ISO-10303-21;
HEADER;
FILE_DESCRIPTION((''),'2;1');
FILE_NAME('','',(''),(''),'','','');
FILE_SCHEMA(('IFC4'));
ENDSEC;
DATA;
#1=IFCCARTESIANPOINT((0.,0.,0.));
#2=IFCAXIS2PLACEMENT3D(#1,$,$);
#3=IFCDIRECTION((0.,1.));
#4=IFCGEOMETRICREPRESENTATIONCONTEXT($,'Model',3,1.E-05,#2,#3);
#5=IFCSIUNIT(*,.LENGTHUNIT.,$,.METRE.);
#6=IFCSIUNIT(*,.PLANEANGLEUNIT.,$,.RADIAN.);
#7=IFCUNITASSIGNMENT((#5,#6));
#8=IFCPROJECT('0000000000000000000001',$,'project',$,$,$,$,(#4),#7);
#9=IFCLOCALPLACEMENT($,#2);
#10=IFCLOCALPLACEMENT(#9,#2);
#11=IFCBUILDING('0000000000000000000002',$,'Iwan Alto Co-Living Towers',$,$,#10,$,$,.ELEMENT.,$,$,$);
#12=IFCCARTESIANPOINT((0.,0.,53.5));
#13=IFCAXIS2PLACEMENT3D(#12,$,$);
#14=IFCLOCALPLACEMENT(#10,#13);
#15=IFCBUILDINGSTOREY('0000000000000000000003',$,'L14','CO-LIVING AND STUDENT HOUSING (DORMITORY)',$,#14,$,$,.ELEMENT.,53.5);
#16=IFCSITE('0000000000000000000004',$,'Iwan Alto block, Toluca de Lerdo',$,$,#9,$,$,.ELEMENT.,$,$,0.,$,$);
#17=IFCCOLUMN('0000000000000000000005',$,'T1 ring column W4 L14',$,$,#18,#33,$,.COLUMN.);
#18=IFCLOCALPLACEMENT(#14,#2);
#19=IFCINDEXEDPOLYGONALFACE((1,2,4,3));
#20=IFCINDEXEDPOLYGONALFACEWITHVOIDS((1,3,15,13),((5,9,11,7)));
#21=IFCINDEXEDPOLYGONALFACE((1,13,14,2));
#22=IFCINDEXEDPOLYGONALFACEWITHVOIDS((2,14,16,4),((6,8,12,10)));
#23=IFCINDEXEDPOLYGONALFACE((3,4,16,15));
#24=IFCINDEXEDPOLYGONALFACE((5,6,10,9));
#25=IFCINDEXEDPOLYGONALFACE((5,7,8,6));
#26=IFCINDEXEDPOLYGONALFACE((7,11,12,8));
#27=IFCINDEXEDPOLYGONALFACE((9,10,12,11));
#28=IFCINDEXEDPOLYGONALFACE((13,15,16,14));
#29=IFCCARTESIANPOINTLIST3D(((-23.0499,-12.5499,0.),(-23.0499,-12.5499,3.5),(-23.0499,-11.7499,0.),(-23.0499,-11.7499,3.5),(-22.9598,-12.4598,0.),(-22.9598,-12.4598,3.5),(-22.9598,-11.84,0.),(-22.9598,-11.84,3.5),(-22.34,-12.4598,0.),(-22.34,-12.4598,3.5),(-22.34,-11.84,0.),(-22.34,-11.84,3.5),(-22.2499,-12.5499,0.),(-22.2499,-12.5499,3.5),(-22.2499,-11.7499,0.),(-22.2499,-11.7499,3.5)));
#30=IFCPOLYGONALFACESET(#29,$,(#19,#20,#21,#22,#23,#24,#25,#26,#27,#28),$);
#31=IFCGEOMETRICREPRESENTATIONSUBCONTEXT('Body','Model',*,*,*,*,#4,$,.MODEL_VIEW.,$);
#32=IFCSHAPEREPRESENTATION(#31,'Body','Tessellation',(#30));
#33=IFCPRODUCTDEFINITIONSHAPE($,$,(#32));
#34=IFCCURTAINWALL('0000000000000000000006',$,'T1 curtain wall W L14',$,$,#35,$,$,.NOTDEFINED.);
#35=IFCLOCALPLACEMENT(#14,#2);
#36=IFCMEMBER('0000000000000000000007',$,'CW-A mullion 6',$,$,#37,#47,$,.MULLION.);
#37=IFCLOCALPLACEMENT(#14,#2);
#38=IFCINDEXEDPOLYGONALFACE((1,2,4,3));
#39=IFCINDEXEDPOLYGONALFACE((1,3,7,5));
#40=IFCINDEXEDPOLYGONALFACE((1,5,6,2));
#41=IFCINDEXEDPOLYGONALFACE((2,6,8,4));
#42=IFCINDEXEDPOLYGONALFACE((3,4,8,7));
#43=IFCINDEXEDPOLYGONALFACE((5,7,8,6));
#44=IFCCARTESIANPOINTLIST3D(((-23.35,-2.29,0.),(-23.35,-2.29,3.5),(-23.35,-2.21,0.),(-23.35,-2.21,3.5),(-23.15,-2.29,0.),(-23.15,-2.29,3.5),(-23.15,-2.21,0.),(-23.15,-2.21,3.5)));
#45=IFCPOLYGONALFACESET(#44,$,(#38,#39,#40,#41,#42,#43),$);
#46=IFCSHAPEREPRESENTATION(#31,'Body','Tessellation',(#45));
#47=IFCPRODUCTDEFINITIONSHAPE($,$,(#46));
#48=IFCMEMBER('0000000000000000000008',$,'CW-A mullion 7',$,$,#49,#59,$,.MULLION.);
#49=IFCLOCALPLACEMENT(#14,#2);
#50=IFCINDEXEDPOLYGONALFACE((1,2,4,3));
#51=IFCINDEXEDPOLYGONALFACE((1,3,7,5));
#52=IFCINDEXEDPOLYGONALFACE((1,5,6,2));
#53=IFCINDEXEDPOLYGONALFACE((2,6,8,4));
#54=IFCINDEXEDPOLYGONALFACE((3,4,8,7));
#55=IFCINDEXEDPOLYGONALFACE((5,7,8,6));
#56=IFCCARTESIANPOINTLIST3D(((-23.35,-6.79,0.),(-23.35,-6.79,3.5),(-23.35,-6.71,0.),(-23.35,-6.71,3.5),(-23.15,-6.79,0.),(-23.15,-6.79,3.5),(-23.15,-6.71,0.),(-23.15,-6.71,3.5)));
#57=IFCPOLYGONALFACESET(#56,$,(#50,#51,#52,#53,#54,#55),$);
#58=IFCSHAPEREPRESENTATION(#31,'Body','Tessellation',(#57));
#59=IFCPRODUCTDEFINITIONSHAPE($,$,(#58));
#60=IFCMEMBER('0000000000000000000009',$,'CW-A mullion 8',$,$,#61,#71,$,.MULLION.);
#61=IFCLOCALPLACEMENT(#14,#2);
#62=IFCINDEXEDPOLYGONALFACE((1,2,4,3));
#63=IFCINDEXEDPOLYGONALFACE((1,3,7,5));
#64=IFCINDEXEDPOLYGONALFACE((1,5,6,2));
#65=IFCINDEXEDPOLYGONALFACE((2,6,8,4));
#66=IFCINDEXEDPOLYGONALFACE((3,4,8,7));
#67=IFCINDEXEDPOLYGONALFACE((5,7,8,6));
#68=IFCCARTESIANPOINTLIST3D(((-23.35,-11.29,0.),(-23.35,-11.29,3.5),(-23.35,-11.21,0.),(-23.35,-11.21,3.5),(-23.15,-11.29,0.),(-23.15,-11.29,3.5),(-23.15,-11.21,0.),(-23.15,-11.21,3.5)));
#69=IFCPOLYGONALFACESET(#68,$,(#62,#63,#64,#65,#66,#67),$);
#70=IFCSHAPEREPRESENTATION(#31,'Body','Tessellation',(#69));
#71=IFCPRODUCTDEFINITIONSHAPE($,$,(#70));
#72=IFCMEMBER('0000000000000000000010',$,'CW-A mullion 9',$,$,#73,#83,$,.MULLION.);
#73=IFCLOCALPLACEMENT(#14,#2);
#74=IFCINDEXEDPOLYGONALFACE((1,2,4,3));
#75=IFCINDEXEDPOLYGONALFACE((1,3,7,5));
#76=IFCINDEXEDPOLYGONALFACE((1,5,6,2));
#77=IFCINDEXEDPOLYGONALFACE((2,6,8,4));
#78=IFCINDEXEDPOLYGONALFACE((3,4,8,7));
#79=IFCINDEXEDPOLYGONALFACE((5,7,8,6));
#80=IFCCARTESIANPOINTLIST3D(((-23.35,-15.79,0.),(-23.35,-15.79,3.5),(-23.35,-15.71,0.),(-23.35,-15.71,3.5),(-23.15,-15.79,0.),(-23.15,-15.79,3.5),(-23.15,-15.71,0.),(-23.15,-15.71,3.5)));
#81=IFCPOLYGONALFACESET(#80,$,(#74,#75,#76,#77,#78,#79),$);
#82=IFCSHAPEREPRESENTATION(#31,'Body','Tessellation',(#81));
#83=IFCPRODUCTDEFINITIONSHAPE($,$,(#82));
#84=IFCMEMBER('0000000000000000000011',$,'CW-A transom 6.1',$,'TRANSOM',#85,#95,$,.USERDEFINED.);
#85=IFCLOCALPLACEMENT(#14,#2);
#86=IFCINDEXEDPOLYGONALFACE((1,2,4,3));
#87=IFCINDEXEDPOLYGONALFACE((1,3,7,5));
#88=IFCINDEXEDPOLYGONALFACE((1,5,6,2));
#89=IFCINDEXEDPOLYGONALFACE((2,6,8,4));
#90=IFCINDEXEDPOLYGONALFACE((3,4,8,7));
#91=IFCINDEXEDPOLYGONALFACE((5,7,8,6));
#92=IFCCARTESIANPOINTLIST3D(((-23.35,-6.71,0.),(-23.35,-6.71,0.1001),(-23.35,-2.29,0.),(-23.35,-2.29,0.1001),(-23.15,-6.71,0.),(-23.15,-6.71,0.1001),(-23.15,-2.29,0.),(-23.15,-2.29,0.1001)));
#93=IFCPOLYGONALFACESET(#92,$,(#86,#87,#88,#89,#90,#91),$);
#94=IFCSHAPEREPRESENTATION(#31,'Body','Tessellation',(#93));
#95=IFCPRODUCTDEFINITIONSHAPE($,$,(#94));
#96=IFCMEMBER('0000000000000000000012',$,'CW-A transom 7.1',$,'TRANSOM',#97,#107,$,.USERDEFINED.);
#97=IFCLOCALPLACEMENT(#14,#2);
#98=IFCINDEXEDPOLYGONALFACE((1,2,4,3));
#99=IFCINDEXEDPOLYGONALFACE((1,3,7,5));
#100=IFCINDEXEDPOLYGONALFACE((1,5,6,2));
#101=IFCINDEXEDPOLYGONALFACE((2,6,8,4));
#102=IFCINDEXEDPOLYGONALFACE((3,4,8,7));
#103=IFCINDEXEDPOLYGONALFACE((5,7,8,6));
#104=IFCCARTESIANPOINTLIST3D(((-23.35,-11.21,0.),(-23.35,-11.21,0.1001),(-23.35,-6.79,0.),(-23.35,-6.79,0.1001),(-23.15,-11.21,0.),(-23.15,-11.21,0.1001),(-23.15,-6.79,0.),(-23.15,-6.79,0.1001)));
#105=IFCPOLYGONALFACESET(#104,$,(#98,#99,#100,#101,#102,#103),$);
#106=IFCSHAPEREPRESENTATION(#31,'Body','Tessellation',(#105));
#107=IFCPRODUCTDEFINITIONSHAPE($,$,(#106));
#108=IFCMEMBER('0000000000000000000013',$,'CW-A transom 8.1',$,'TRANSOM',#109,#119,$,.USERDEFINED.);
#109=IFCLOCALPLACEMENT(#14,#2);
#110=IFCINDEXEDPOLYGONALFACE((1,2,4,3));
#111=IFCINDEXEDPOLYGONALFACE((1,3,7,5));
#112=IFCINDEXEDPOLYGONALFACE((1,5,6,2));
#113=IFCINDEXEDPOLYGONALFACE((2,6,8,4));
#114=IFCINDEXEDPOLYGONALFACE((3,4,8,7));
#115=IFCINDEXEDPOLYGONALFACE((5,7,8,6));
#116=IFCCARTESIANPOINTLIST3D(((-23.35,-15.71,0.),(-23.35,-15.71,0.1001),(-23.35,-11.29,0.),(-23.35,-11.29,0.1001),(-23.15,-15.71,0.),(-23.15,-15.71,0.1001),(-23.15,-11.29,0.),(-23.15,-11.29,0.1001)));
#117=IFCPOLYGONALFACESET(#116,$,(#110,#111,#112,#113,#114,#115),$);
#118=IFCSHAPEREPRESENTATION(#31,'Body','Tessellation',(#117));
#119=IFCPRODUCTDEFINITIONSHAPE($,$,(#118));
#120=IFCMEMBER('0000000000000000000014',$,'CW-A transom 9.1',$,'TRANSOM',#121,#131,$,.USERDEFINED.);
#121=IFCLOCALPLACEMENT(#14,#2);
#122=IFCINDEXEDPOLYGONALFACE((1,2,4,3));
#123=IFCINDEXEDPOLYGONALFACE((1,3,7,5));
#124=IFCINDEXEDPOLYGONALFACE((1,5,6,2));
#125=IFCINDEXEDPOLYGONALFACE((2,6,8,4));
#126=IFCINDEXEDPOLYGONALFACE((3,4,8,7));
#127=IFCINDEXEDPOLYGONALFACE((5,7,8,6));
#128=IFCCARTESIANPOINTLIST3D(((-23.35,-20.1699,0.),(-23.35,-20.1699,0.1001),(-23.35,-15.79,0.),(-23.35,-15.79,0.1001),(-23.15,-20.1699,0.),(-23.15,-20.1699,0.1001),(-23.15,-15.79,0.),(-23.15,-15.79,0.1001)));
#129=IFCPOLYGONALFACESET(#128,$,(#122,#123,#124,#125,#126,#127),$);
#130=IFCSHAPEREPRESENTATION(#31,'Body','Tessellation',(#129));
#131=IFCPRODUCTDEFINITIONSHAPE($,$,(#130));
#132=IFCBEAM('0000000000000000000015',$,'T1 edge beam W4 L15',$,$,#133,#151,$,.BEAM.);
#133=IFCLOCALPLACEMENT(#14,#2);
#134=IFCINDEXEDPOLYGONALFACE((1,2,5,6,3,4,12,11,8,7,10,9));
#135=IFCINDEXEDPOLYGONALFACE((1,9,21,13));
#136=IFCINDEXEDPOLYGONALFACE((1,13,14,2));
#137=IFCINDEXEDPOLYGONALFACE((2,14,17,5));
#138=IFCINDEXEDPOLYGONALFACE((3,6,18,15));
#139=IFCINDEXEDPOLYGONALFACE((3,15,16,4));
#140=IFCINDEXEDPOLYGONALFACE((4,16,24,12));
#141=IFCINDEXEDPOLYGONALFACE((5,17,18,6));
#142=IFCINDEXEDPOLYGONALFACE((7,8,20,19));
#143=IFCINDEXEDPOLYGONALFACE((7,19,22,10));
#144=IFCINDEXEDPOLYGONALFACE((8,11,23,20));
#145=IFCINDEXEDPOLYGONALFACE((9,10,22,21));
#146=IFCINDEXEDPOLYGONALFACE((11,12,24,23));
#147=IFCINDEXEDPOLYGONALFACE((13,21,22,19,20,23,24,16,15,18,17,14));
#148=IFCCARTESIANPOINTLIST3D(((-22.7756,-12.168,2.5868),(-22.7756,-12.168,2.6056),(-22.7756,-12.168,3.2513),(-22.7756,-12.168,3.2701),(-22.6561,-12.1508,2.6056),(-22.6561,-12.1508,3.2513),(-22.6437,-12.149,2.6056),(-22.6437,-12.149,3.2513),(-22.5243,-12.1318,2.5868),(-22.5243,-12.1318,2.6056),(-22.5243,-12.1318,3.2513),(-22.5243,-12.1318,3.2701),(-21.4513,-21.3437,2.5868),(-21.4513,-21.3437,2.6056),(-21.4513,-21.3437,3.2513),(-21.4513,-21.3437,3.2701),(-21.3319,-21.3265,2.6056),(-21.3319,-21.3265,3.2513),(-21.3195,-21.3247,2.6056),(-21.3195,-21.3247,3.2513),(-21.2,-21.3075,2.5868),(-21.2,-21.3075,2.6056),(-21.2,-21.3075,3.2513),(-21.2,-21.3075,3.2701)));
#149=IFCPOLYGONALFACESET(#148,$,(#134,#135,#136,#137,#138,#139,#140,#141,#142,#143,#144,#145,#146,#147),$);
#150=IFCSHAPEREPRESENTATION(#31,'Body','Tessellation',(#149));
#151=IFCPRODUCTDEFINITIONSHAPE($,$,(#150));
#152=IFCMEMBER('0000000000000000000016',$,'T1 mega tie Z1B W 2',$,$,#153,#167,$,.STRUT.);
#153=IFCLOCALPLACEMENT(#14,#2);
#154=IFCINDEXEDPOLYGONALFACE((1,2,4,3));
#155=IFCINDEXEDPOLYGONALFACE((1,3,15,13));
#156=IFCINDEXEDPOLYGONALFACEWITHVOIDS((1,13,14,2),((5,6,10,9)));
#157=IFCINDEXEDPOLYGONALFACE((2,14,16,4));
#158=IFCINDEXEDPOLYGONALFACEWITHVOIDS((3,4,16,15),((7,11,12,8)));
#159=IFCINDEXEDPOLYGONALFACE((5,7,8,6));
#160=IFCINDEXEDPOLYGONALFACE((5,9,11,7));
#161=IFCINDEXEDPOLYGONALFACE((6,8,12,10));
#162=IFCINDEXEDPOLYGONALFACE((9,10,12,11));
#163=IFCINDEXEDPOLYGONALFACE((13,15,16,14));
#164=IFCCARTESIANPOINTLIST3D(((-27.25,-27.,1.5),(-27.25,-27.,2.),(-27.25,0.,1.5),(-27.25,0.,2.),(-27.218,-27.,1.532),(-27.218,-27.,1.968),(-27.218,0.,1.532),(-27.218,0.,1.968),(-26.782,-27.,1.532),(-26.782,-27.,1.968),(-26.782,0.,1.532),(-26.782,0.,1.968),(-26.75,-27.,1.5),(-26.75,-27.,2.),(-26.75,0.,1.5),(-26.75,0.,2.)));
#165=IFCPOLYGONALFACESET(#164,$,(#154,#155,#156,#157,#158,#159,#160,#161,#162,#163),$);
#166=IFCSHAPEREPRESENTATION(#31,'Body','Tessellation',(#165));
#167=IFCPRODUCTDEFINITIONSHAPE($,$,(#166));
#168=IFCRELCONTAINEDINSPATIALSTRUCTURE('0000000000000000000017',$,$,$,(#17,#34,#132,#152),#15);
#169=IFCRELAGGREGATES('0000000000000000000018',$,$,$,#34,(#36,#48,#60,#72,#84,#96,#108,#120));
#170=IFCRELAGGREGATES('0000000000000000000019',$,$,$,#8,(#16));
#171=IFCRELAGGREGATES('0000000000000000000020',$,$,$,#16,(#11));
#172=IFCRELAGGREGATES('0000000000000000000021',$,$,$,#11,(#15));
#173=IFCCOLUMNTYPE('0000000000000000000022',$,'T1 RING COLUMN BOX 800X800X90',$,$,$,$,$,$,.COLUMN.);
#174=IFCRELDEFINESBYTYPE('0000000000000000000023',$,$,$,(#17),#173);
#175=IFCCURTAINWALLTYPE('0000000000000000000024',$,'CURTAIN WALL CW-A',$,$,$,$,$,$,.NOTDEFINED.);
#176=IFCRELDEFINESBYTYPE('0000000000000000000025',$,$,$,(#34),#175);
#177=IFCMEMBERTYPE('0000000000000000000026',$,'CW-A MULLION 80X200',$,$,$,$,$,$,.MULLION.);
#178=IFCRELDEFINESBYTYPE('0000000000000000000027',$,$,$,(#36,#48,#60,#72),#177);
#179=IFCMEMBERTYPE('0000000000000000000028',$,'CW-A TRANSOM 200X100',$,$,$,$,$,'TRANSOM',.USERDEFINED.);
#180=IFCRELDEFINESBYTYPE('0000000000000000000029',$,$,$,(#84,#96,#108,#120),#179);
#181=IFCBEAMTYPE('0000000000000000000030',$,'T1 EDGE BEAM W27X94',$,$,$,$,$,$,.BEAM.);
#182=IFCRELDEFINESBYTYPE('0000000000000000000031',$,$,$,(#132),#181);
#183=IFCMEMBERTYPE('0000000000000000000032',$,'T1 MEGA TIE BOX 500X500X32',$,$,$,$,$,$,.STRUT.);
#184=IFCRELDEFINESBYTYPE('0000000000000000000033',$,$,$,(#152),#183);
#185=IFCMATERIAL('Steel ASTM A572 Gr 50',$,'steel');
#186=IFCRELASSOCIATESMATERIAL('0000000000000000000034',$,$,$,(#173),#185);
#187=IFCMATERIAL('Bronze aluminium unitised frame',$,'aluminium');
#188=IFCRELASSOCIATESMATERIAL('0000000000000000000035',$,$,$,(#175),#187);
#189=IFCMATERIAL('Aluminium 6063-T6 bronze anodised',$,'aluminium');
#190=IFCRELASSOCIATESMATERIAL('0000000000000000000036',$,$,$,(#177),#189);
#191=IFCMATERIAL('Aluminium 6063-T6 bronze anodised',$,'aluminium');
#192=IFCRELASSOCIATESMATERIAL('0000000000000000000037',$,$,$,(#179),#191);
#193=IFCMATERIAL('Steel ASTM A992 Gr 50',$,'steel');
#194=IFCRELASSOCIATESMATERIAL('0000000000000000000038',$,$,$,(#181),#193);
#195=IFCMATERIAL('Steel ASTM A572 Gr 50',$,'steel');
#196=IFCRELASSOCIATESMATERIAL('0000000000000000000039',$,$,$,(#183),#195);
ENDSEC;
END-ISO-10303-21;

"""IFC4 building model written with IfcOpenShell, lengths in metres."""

from ifc_helpers import new_model, si_unit, direction, frame, origin, origin_2d, place, context, subcontext, project, spatial, rectangle, hollow_rectangle, i_section, extrude, material, material_profile, profile_set, type_object, element, aggregate, save


model = new_model("IFC4")

# Units and contexts
model_context = context("Model", 3, precision=1e-05, world=origin(), true_north=direction((0.0, 1.0)))
body_context = subcontext(model_context, "Body", "Model", "MODEL_VIEW")
ifc_project = project(units=[si_unit("LENGTHUNIT", "METRE"), si_unit("PLANEANGLEUNIT", "RADIAN")], contexts=[model_context])

# Site, building, storey
site_placement = place(None, origin())
site = spatial("IfcSite", under=ifc_project, at=site_placement, Name="Iwan Alto block, Toluca de Lerdo", CompositionType="ELEMENT", RefElevation=0.0)
building_placement = place(site_placement, origin())
building = spatial("IfcBuilding", under=site, at=building_placement, Name="Iwan Alto Co-Living Towers", CompositionType="ELEMENT")
storey_placement = place(building_placement, frame((0.0, 0.0, 53.5)))
storey = spatial("IfcBuildingStorey", under=building, at=storey_placement, Name="L14", Description="CO-LIVING AND STUDENT HOUSING (DORMITORY)", CompositionType="ELEMENT", Elevation=53.5)

# Column
ifc_material_1 = material(Name="Steel ASTM A572 Gr 50", Category="steel")
ifc_material_profile_1 = material_profile(ifc_material_1, hollow_rectangle(XDim=0.8, YDim=0.8, WallThickness=0.0901, at=origin_2d()), Name="BOX 800X800X90")
ifc_profile_set_1 = profile_set([ifc_material_profile_1], Name="Steel ASTM A572 Gr 50")
column_type = type_object("IfcColumnType", Name="T1 RING COLUMN BOX 800X800X90", PredefinedType="COLUMN", material=ifc_profile_set_1)
column_placement = place(storey_placement, frame((-22.6499, -12.1499, 0.0), z_axis=(0.0, 0.0, 1.0), x_axis=(1.0, 0.0, 0.0)))
element("IfcColumn", 1, at=column_placement, inside=storey, type_object=column_type, Name="T1 ring column W4 L14", PredefinedType="COLUMN", context=body_context, shape_type="SweptSolid", body=[
    extrude(hollow_rectangle(XDim=0.8, YDim=0.8, WallThickness=0.0901, at=origin_2d()), origin(), (0.0, 0.0, 1.0), 3.5),
])

# Curtain wall, members
ifc_material_2 = material(Name="Bronze aluminium unitised frame", Category="aluminium")
curtain_wall_type = type_object("IfcCurtainWallType", Name="CURTAIN WALL CW-A", PredefinedType="NOTDEFINED", material=ifc_material_2)
curtain_wall_placement = place(storey_placement, origin())
curtain_wall = element("IfcCurtainWall", 2, at=curtain_wall_placement, inside=storey, type_object=curtain_wall_type, Name="T1 curtain wall W L14", PredefinedType="NOTDEFINED")
ifc_material_3 = material(Name="Aluminium 6063-T6 bronze anodised", Category="aluminium")
ifc_material_profile_2 = material_profile(ifc_material_3, rectangle(XDim=0.2, YDim=0.0801, at=origin_2d()), Name="AL 80X200")
ifc_profile_set_2 = profile_set([ifc_material_profile_2], Name="Aluminium 6063-T6 bronze anodised")
member_type_1 = type_object("IfcMemberType", Name="CW-A MULLION 80X200", PredefinedType="MULLION", material=ifc_profile_set_2)
member_1_placement = place(storey_placement, frame((-23.25, -2.25, 0.0), z_axis=(0.0, 0.0, 1.0), x_axis=(1.0, 0.0, 0.0)))
member_1 = element("IfcMember", 3, at=member_1_placement, type_object=member_type_1, Name="CW-A mullion 6", PredefinedType="MULLION", context=body_context, shape_type="SweptSolid", body=[
    extrude(rectangle(XDim=0.2, YDim=0.0801, at=origin_2d()), origin(), (0.0, 0.0, 1.0), 3.5),
])
member_2_placement = place(storey_placement, frame((-23.25, -6.75, 0.0), z_axis=(0.0, 0.0, 1.0), x_axis=(1.0, 0.0, 0.0)))
member_2 = element("IfcMember", 4, at=member_2_placement, type_object=member_type_1, Name="CW-A mullion 7", PredefinedType="MULLION", context=body_context, shape_type="SweptSolid", body=[
    extrude(rectangle(XDim=0.2, YDim=0.0801, at=origin_2d()), origin(), (0.0, 0.0, 1.0), 3.5),
])
member_3_placement = place(storey_placement, frame((-23.25, -11.25, 0.0), z_axis=(0.0, 0.0, 1.0), x_axis=(1.0, 0.0, 0.0)))
member_3 = element("IfcMember", 5, at=member_3_placement, type_object=member_type_1, Name="CW-A mullion 8", PredefinedType="MULLION", context=body_context, shape_type="SweptSolid", body=[
    extrude(rectangle(XDim=0.2, YDim=0.0801, at=origin_2d()), origin(), (0.0, 0.0, 1.0), 3.5),
])
member_4_placement = place(storey_placement, frame((-23.25, -15.75, 0.0), z_axis=(0.0, 0.0, 1.0), x_axis=(1.0, 0.0, 0.0)))
member_4 = element("IfcMember", 6, at=member_4_placement, type_object=member_type_1, Name="CW-A mullion 9", PredefinedType="MULLION", context=body_context, shape_type="SweptSolid", body=[
    extrude(rectangle(XDim=0.2, YDim=0.0801, at=origin_2d()), origin(), (0.0, 0.0, 1.0), 3.5),
])
ifc_material_4 = material(Name="Aluminium 6063-T6 bronze anodised", Category="aluminium")
ifc_material_profile_3 = material_profile(ifc_material_4, rectangle(XDim=0.2, YDim=0.1001, at=origin_2d()), Name="AL 200X100")
ifc_profile_set_3 = profile_set([ifc_material_profile_3], Name="Aluminium 6063-T6 bronze anodised")
member_type_2 = type_object("IfcMemberType", Name="CW-A TRANSOM 200X100", ElementType="TRANSOM", PredefinedType="USERDEFINED", material=ifc_profile_set_3)
member_5_placement = place(storey_placement, frame((-23.25, -2.29, 0.05), z_axis=(0.0, -1.0, 0.0), x_axis=(1.0, 0.0, 0.0)))
member_5 = element("IfcMember", 7, at=member_5_placement, type_object=member_type_2, Name="CW-A transom 6.1", ObjectType="TRANSOM", PredefinedType="USERDEFINED", context=body_context, shape_type="SweptSolid", body=[
    extrude(rectangle(XDim=0.2, YDim=0.1001, at=origin_2d()), origin(), (0.0, 0.0, 1.0), 4.4199),
])
member_6_placement = place(storey_placement, frame((-23.25, -6.79, 0.05), z_axis=(0.0, -1.0, 0.0), x_axis=(1.0, 0.0, 0.0)))
member_6 = element("IfcMember", 8, at=member_6_placement, type_object=member_type_2, Name="CW-A transom 7.1", ObjectType="TRANSOM", PredefinedType="USERDEFINED", context=body_context, shape_type="SweptSolid", body=[
    extrude(rectangle(XDim=0.2, YDim=0.1001, at=origin_2d()), origin(), (0.0, 0.0, 1.0), 4.4199),
])
member_7_placement = place(storey_placement, frame((-23.25, -11.29, 0.05), z_axis=(0.0, -1.0, 0.0), x_axis=(1.0, 0.0, 0.0)))
member_7 = element("IfcMember", 9, at=member_7_placement, type_object=member_type_2, Name="CW-A transom 8.1", ObjectType="TRANSOM", PredefinedType="USERDEFINED", context=body_context, shape_type="SweptSolid", body=[
    extrude(rectangle(XDim=0.2, YDim=0.1001, at=origin_2d()), origin(), (0.0, 0.0, 1.0), 4.4199),
])
member_8_placement = place(storey_placement, frame((-23.25, -15.79, 0.05), z_axis=(0.0, -1.0, 0.0), x_axis=(1.0, 0.0, 0.0)))
member_8 = element("IfcMember", 10, at=member_8_placement, type_object=member_type_2, Name="CW-A transom 9.1", ObjectType="TRANSOM", PredefinedType="USERDEFINED", context=body_context, shape_type="SweptSolid", body=[
    extrude(rectangle(XDim=0.2, YDim=0.1001, at=origin_2d()), origin(), (0.0, 0.0, 1.0), 4.3799),
])

# Beam
ifc_material_5 = material(Name="Steel ASTM A992 Gr 50", Category="steel")
ifc_material_profile_4 = material_profile(ifc_material_5, i_section(OverallWidth=0.2539, OverallDepth=0.6833, WebThickness=0.0125, FlangeThickness=0.0188, at=origin_2d()), Name="W27X94")
ifc_profile_set_4 = profile_set([ifc_material_profile_4], Name="Steel ASTM A992 Gr 50")
beam_type_1 = type_object("IfcBeamType", Name="T1 EDGE BEAM W27X94", PredefinedType="BEAM", material=ifc_profile_set_4)
beam_1_placement = place(storey_placement, frame((-22.6499, -12.1499, 2.9285), z_axis=(0.142837, -0.989746, 0.0), x_axis=(0.989746, 0.142837, 0.0)))
element("IfcBeam", 11, at=beam_1_placement, inside=storey, type_object=beam_type_1, Name="T1 edge beam W4 L15", PredefinedType="BEAM", context=body_context, shape_type="SweptSolid", body=[
    extrude(i_section(OverallWidth=0.2539, OverallDepth=0.6833, WebThickness=0.0125, FlangeThickness=0.0188, at=origin_2d()), origin(), (0.0, 0.0, 1.0), 9.2708),
])

# Member
ifc_material_6 = material(Name="Steel ASTM A572 Gr 50", Category="steel")
ifc_material_profile_5 = material_profile(ifc_material_6, hollow_rectangle(XDim=0.5, YDim=0.5, WallThickness=0.032, at=origin_2d()), Name="BOX 500X500X32")
ifc_profile_set_5 = profile_set([ifc_material_profile_5], Name="Steel ASTM A572 Gr 50")
member_type_3 = type_object("IfcMemberType", Name="T1 MEGA TIE BOX 500X500X32", PredefinedType="STRUT", material=ifc_profile_set_5)
member_9_placement = place(storey_placement, frame((-27.0, 0.0, 1.75), z_axis=(0.0, -1.0, 0.0), x_axis=(1.0, 0.0, 0.0)))
element("IfcMember", 12, at=member_9_placement, inside=storey, type_object=member_type_3, Name="T1 mega tie Z1B W 2", PredefinedType="STRUT", context=body_context, shape_type="SweptSolid", body=[
    extrude(hollow_rectangle(XDim=0.5, YDim=0.5, WallThickness=0.032, at=origin_2d()), origin(), (0.0, 0.0, 1.0), 27.0),
])

aggregate(curtain_wall, [member_1, member_2, member_3, member_4, member_5, member_6, member_7, member_8])

save(model, "model.ifc")
